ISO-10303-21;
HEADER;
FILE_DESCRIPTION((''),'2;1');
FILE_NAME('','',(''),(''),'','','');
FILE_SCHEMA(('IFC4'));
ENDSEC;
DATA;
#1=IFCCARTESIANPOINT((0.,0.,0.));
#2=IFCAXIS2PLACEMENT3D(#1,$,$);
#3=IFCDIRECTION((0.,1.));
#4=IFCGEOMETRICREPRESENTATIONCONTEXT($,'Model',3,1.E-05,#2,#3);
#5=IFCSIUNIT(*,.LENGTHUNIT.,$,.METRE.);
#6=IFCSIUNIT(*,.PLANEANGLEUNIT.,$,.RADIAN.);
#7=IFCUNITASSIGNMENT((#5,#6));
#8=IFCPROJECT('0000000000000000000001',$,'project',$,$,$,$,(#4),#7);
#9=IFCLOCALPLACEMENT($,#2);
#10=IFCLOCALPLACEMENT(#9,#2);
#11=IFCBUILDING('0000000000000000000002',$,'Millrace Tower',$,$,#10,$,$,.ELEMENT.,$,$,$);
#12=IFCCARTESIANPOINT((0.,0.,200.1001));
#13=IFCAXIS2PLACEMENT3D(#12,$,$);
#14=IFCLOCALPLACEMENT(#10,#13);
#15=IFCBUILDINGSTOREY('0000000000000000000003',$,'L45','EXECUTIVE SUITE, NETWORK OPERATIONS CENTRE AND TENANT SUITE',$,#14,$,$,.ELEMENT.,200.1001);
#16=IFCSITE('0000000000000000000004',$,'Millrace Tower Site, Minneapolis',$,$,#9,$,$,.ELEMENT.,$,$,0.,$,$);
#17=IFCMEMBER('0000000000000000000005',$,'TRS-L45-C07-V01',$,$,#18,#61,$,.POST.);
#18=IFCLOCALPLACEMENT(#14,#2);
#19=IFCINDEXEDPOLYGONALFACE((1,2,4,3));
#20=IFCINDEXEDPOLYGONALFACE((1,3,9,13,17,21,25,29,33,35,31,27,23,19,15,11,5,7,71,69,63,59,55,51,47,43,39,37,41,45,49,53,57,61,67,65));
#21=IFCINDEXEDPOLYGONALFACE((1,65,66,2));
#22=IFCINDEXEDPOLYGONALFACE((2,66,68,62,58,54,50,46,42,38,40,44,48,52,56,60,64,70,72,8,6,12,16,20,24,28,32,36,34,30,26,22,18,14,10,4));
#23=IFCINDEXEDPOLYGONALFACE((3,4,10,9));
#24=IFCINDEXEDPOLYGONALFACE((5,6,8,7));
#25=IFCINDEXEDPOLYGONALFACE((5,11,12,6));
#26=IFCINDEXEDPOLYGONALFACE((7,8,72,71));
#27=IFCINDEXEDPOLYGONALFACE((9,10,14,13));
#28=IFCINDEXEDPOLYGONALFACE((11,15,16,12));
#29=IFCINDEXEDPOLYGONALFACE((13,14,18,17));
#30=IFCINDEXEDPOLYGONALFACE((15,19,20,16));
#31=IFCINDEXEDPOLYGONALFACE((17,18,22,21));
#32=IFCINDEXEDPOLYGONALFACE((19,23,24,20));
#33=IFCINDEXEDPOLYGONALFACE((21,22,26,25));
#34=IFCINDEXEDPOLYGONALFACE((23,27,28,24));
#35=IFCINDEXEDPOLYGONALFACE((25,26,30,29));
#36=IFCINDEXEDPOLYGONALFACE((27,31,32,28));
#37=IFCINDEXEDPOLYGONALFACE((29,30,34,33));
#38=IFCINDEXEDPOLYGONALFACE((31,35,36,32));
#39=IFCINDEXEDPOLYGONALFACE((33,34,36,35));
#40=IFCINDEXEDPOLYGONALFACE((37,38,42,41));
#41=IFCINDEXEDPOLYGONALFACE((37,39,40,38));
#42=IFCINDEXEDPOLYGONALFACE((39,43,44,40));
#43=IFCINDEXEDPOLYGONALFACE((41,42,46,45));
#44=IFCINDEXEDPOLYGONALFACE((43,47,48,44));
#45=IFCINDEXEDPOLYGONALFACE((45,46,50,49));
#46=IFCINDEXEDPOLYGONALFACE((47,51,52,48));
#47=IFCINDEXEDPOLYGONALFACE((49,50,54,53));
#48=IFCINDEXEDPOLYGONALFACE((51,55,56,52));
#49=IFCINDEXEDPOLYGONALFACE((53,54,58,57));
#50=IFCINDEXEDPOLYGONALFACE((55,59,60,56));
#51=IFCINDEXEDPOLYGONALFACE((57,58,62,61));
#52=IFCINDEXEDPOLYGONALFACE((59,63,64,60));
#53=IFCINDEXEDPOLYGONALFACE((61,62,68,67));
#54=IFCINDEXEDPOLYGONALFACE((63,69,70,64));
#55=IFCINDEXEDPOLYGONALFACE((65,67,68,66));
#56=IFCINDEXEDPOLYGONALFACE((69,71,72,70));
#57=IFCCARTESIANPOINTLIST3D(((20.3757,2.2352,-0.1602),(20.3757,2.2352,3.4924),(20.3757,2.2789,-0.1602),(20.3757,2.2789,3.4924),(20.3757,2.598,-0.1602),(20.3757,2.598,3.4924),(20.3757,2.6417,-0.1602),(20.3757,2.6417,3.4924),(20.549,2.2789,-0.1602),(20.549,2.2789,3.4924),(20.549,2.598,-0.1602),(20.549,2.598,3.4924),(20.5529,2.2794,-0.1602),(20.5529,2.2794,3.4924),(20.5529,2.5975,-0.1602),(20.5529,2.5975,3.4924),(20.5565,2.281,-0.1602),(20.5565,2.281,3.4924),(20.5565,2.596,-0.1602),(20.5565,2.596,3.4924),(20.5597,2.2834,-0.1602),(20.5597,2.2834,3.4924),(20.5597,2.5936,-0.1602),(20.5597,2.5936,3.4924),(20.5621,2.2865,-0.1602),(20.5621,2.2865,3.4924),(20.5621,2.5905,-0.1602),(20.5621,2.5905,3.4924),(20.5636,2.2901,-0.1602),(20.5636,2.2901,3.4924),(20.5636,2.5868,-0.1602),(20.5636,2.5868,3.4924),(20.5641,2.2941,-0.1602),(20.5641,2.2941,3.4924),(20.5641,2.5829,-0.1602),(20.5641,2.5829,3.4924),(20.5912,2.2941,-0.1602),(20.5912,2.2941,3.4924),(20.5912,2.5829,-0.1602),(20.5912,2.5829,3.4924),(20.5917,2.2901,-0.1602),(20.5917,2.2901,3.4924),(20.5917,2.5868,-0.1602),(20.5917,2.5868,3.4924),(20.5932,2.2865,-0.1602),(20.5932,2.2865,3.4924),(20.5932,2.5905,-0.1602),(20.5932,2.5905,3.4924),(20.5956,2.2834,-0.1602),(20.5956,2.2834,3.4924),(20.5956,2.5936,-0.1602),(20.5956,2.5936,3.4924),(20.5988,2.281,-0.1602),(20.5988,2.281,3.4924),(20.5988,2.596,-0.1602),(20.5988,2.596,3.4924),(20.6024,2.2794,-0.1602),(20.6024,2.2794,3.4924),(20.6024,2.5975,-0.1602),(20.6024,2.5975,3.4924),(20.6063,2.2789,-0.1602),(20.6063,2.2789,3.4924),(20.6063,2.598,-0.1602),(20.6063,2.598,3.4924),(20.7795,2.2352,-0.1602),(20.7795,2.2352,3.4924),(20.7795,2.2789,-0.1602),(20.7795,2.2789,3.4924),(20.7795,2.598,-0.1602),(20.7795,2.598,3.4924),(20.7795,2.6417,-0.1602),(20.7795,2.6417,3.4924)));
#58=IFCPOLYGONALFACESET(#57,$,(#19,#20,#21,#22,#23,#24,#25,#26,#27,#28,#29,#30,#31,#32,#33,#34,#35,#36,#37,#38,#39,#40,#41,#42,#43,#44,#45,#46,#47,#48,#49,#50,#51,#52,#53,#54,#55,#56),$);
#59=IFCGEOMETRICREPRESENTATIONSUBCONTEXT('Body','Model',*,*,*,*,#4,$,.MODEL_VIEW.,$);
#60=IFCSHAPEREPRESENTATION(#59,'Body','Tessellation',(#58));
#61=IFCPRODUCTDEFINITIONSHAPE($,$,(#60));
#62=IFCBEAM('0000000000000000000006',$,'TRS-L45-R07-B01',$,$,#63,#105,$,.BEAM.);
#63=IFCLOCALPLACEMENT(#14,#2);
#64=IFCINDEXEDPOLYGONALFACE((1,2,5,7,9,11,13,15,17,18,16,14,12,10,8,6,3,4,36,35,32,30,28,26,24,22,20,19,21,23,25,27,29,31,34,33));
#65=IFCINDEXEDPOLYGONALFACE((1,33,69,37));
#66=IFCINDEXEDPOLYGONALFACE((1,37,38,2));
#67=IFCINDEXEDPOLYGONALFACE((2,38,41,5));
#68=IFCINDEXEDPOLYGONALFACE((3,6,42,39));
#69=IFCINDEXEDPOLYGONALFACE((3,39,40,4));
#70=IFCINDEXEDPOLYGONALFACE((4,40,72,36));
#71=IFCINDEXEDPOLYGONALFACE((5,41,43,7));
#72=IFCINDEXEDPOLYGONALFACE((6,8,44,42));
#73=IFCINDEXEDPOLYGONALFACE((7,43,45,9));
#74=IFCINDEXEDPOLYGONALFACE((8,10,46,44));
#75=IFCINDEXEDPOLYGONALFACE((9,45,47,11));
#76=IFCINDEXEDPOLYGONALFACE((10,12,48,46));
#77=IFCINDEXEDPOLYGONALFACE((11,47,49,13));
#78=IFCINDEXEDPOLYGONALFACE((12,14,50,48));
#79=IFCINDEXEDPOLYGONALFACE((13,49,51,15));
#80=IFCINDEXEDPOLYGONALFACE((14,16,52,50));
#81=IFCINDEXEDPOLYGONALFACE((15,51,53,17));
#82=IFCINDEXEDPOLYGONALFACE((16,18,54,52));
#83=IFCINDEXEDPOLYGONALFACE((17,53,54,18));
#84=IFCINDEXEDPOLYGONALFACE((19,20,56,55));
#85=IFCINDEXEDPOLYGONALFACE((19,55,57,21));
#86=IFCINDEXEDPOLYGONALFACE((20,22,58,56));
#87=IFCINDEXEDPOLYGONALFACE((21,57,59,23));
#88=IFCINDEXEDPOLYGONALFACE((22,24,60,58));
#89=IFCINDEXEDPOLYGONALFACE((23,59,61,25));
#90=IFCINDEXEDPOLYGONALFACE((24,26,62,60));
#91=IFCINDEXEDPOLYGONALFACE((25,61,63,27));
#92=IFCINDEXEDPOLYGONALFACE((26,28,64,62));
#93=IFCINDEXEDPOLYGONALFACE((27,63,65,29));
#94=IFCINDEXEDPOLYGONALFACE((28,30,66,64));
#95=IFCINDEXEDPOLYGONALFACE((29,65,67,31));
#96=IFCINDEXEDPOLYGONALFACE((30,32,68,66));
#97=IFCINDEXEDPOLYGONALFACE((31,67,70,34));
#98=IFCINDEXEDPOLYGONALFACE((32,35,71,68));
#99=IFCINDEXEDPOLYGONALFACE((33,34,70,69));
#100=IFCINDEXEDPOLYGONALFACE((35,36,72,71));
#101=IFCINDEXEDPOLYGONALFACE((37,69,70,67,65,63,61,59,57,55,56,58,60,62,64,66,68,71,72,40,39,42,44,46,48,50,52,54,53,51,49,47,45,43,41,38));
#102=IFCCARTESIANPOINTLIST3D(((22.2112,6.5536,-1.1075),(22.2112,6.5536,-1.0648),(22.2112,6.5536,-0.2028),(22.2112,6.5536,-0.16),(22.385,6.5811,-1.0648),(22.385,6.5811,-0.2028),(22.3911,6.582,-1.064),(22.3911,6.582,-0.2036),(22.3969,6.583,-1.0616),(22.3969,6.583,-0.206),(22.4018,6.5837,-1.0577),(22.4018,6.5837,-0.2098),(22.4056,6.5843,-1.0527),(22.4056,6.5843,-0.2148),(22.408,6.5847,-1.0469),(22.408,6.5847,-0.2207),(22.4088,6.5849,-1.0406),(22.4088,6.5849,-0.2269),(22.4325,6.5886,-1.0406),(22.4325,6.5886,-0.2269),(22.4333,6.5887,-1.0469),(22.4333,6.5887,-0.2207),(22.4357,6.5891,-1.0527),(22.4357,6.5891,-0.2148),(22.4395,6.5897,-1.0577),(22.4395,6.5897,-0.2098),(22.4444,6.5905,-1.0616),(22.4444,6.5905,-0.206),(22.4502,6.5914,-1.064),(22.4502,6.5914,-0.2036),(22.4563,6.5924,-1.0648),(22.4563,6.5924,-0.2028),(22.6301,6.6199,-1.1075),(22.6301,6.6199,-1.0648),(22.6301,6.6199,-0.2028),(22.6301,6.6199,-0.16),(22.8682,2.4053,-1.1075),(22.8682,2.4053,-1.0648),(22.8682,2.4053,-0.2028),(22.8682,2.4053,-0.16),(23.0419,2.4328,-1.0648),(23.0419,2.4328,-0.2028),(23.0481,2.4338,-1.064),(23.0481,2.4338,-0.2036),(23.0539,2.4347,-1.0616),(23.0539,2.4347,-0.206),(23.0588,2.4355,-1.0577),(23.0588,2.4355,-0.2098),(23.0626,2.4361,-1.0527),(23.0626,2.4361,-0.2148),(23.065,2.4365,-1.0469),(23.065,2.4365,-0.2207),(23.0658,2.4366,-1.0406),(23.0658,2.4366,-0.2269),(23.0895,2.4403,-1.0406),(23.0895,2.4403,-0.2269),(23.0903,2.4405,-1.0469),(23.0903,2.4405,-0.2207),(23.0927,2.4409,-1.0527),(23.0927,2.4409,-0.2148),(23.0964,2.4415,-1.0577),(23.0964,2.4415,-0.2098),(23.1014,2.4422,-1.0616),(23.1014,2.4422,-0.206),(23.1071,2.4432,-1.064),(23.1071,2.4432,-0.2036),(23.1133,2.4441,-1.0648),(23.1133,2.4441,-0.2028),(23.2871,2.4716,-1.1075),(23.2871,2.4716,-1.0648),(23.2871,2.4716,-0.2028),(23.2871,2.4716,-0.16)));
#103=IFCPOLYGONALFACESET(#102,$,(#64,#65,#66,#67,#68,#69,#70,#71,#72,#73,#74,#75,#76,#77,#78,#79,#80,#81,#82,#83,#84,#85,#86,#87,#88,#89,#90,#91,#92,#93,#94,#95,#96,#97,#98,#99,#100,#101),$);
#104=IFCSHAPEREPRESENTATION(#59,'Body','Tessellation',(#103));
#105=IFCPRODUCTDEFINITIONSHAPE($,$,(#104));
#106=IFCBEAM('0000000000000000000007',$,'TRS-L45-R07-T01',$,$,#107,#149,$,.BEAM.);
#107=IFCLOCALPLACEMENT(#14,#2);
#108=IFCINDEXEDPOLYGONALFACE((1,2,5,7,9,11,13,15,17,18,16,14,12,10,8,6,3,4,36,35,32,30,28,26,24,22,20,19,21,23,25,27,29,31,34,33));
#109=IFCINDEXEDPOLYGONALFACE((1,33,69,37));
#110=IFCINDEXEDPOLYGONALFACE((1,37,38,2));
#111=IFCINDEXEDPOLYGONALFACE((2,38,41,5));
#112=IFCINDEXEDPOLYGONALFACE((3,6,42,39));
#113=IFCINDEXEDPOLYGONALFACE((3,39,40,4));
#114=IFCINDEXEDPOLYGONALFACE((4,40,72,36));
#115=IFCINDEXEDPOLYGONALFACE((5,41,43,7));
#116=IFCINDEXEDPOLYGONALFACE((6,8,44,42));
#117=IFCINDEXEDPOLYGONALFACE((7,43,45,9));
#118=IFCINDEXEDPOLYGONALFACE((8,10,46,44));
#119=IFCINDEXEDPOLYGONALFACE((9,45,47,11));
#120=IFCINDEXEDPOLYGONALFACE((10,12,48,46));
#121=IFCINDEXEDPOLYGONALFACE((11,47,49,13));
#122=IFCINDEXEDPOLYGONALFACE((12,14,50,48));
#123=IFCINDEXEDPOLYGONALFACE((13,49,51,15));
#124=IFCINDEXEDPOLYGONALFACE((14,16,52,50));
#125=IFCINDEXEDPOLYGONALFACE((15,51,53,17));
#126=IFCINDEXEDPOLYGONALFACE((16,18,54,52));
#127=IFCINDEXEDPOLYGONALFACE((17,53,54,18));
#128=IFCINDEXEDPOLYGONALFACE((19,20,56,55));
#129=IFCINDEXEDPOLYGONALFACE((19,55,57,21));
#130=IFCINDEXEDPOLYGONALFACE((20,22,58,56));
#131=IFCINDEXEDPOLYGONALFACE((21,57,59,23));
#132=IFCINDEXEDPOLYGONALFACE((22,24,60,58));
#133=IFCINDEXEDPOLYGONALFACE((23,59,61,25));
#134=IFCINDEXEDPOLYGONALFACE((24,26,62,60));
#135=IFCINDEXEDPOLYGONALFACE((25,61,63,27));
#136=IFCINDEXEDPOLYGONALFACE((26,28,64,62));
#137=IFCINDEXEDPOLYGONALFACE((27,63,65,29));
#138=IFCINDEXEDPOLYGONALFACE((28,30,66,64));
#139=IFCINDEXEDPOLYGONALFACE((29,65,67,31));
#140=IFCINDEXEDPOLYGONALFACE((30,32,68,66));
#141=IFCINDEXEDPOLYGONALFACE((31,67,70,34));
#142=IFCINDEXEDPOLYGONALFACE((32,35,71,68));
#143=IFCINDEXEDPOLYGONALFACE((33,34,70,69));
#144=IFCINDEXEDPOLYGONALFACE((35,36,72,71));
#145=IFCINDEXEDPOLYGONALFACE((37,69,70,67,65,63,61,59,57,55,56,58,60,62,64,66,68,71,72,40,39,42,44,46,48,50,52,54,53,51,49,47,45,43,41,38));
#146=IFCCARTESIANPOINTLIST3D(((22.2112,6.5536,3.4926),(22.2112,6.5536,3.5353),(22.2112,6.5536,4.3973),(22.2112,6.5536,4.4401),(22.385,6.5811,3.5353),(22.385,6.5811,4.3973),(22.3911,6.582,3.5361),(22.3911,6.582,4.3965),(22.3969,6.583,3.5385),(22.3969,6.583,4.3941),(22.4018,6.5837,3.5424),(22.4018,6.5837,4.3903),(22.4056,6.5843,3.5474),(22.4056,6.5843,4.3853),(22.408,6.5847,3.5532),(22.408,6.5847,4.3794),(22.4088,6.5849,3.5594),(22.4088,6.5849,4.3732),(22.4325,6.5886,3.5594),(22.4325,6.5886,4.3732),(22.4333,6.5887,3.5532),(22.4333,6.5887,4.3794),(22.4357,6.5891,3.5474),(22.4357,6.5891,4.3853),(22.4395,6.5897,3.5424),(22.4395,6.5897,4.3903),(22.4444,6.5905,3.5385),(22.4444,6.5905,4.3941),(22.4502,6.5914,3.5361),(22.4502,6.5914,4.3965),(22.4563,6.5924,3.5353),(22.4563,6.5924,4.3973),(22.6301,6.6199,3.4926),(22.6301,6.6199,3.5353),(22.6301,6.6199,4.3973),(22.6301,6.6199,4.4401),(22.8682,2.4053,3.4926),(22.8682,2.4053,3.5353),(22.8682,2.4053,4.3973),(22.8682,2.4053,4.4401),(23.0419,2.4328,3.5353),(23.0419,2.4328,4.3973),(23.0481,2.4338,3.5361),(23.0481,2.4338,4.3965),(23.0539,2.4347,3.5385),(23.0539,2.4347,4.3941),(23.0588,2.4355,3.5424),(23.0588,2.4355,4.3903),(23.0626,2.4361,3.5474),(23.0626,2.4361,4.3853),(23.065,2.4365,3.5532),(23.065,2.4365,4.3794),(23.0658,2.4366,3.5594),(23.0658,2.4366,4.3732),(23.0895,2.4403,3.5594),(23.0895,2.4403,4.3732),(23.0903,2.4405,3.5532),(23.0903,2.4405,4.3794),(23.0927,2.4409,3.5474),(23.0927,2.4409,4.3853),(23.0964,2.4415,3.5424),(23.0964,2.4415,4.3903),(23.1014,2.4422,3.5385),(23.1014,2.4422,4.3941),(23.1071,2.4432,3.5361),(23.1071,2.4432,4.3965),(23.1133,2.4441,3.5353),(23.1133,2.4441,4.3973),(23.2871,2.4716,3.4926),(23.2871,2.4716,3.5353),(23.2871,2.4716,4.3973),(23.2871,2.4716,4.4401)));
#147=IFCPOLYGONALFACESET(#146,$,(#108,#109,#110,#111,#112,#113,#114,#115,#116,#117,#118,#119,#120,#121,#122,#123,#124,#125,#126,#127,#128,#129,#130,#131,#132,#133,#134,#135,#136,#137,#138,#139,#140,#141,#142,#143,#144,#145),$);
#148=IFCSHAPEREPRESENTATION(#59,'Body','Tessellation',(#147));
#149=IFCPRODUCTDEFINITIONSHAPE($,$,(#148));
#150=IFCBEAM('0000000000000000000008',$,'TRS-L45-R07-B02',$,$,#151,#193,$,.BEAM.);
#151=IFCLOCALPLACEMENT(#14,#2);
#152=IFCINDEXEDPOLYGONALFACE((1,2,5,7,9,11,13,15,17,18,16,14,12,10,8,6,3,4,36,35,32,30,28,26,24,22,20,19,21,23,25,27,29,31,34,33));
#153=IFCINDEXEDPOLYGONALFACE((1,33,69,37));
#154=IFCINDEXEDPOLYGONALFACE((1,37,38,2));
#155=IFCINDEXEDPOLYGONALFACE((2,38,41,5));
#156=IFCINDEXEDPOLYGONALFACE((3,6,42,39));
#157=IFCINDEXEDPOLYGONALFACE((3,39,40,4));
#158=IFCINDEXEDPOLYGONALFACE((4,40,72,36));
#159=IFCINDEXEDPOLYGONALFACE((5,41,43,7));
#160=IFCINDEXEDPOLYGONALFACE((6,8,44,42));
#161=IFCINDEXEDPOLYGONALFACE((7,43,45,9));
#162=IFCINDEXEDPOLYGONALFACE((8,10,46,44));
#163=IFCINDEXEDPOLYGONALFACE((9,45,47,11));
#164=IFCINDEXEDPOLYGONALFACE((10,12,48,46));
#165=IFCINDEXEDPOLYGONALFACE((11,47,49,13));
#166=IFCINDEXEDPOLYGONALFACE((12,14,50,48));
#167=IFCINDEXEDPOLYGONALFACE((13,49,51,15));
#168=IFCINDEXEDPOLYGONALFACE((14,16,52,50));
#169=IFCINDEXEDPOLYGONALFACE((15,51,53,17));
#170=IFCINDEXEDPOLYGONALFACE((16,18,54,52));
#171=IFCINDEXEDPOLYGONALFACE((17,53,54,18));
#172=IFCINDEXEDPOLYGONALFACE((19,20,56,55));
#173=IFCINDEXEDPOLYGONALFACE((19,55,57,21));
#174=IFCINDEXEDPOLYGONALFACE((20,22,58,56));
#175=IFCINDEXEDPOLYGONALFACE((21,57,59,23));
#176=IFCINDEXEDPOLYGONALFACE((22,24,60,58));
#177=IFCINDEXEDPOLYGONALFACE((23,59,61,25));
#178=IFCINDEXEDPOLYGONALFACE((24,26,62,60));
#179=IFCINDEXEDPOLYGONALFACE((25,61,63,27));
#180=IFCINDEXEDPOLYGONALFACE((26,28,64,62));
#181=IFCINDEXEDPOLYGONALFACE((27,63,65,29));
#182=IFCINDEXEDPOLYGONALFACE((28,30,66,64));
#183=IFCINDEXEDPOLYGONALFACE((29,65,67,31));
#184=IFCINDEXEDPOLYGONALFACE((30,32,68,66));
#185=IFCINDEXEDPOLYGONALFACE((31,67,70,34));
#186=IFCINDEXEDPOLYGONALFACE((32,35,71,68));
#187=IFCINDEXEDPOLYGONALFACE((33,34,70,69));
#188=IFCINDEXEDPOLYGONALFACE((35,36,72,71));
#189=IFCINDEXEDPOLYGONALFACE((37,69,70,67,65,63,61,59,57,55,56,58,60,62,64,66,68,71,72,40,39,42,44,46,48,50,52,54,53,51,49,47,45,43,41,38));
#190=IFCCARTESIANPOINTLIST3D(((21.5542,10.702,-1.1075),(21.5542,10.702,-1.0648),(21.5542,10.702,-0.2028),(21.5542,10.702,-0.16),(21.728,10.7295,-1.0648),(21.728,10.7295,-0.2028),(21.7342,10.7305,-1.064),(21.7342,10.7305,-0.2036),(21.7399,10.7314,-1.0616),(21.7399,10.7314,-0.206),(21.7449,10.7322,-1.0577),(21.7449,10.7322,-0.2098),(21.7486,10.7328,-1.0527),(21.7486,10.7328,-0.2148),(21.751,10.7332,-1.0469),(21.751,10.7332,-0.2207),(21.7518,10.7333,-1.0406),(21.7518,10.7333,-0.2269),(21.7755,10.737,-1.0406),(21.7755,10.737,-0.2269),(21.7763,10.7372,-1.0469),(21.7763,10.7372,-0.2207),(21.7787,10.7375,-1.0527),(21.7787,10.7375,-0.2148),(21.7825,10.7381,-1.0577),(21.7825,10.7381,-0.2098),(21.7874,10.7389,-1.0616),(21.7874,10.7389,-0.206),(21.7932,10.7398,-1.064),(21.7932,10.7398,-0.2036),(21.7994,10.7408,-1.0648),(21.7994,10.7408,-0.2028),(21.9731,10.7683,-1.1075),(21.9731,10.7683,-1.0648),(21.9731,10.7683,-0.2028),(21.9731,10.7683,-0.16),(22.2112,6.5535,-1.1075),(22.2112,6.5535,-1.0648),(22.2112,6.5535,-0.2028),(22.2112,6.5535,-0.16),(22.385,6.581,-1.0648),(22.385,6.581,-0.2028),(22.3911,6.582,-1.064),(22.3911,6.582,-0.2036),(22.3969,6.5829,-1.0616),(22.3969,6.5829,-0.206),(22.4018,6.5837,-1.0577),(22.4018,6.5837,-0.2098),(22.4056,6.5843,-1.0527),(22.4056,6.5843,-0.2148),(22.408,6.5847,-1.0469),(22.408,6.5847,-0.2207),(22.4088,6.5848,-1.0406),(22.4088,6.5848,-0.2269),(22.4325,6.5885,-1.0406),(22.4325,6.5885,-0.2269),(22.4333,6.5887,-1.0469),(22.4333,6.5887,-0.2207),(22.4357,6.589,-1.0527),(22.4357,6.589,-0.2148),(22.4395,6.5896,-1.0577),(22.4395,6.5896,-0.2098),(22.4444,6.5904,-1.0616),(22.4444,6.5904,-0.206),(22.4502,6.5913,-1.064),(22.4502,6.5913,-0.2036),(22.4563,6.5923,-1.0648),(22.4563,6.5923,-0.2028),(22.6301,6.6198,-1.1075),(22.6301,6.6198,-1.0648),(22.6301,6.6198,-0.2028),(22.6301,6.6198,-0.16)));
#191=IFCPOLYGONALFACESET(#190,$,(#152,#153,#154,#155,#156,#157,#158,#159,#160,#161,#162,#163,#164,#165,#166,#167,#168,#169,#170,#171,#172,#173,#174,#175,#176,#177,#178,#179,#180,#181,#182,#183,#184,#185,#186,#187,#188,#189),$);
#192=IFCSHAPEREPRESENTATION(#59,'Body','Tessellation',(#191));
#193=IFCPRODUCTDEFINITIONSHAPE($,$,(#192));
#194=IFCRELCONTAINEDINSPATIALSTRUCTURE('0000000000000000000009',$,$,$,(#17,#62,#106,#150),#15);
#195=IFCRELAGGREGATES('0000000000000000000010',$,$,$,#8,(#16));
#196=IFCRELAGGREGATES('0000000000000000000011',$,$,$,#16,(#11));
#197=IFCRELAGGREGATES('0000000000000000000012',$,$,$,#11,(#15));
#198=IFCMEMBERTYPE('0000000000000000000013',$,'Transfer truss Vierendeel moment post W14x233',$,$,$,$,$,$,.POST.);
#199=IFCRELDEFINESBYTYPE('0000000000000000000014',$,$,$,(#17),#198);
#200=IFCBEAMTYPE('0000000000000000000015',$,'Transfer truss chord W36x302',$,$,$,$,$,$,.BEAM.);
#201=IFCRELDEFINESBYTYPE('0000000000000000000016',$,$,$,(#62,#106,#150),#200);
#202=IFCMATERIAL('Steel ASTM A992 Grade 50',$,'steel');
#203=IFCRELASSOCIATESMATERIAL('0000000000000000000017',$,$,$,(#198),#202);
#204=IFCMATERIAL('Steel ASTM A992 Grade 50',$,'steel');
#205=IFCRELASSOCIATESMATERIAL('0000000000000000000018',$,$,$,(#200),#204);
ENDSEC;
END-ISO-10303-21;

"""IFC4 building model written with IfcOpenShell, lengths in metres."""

from ifc_helpers import new_model, si_unit, direction, frame, origin, origin_2d, place, context, subcontext, project, spatial, i_section, extrude, material, material_profile, profile_set, type_object, element, save


model = new_model("IFC4")

# Units and contexts
model_context = context("Model", 3, precision=1e-05, world=origin(), true_north=direction((0.0, 1.0)))
body_context = subcontext(model_context, "Body", "Model", "MODEL_VIEW")
ifc_project = project(units=[si_unit("LENGTHUNIT", "METRE"), si_unit("PLANEANGLEUNIT", "RADIAN")], contexts=[model_context])

# Site, building, storey
site_placement = place(None, origin())
site = spatial("IfcSite", under=ifc_project, at=site_placement, Name="Millrace Tower Site, Minneapolis", CompositionType="ELEMENT", RefElevation=0.0)
building_placement = place(site_placement, origin())
building = spatial("IfcBuilding", under=site, at=building_placement, Name="Millrace Tower", CompositionType="ELEMENT")
storey_placement = place(building_placement, frame((0.0, 0.0, 200.1001)))
storey = spatial("IfcBuildingStorey", under=building, at=storey_placement, Name="L45", Description="EXECUTIVE SUITE, NETWORK OPERATIONS CENTRE AND TENANT SUITE", CompositionType="ELEMENT", Elevation=200.1001)

# Member
ifc_material_1 = material(Name="Steel ASTM A992 Grade 50", Category="steel")
ifc_material_profile_1 = material_profile(ifc_material_1, i_section(OverallWidth=0.4038, OverallDepth=0.4065, WebThickness=0.0271, FlangeThickness=0.0437, FilletRadius=0.0151, at=origin_2d()))
ifc_profile_set_1 = profile_set([ifc_material_profile_1], Name="Steel ASTM A992 Grade 50")
member_type_1 = type_object("IfcMemberType", Name="Transfer truss Vierendeel moment post W14x233", PredefinedType="POST", material=ifc_profile_set_1)
member_1_placement = place(storey_placement, frame((20.5776, 2.4385, -0.1602), z_axis=(0.0, 0.0, 1.0), x_axis=(1.0, 0.0, 0.0)))
element("IfcMember", 1, at=member_1_placement, inside=storey, type_object=member_type_1, Name="TRS-L45-C07-V01", PredefinedType="POST", context=body_context, shape_type="SweptSolid", body=[
    extrude(i_section(OverallWidth=0.4038, OverallDepth=0.4065, WebThickness=0.0271, FlangeThickness=0.0437, FilletRadius=0.0151, at=origin_2d()), origin(), (0.0, 0.0, 1.0), 3.6526),
])

# Beams
ifc_material_2 = material(Name="Steel ASTM A992 Grade 50", Category="steel")
ifc_material_profile_2 = material_profile(ifc_material_2, i_section(OverallWidth=0.4241, OverallDepth=0.9475, WebThickness=0.0239, FlangeThickness=0.0427, FilletRadius=0.0242, at=origin_2d()))
ifc_profile_set_2 = profile_set([ifc_material_profile_2], Name="Steel ASTM A992 Grade 50")
beam_type_1 = type_object("IfcBeamType", Name="Transfer truss chord W36x302", PredefinedType="BEAM", material=ifc_profile_set_2)
for number, where, z_axis, x_axis, name in (
    (2, (23.0776, 2.4385, -0.6338), (-0.156428, 0.987689, 0.0), (-0.987689, -0.156428, 0.0), "TRS-L45-R07-B01"),
    (3, (23.0776, 2.4385, 3.9663), (-0.156428, 0.987689, 0.0), (-0.987689, -0.156428, 0.0), "TRS-L45-R07-T01"),
):
    element("IfcBeam", number, at=place(storey_placement, frame(where, z_axis=z_axis, x_axis=x_axis)), inside=storey, type_object=beam_type_1, Name=name, PredefinedType="BEAM", context=body_context, shape_type="SweptSolid", body=[
        extrude(i_section(OverallWidth=0.4241, OverallDepth=0.9475, WebThickness=0.0239, FlangeThickness=0.0427, FilletRadius=0.0242, at=origin_2d()), origin(), (0.0, 0.0, 1.0), 4.2),
    ])
for number, where, z_axis, x_axis, name in (
    (4, (22.4207, 6.5867, -0.6338), (-0.156419, 0.987691, 0.0), (-0.987691, -0.156419, 0.0), "TRS-L45-R07-B02"),
):
    element("IfcBeam", number, at=place(storey_placement, frame(where, z_axis=z_axis, x_axis=x_axis)), inside=storey, type_object=beam_type_1, Name=name, PredefinedType="BEAM", context=body_context, shape_type="SweptSolid", body=[
        extrude(i_section(OverallWidth=0.4241, OverallDepth=0.9475, WebThickness=0.0239, FlangeThickness=0.0427, FilletRadius=0.0242, at=origin_2d()), origin(), (0.0, 0.0, 1.0), 4.2002),
    ])

save(model, "model.ifc")
